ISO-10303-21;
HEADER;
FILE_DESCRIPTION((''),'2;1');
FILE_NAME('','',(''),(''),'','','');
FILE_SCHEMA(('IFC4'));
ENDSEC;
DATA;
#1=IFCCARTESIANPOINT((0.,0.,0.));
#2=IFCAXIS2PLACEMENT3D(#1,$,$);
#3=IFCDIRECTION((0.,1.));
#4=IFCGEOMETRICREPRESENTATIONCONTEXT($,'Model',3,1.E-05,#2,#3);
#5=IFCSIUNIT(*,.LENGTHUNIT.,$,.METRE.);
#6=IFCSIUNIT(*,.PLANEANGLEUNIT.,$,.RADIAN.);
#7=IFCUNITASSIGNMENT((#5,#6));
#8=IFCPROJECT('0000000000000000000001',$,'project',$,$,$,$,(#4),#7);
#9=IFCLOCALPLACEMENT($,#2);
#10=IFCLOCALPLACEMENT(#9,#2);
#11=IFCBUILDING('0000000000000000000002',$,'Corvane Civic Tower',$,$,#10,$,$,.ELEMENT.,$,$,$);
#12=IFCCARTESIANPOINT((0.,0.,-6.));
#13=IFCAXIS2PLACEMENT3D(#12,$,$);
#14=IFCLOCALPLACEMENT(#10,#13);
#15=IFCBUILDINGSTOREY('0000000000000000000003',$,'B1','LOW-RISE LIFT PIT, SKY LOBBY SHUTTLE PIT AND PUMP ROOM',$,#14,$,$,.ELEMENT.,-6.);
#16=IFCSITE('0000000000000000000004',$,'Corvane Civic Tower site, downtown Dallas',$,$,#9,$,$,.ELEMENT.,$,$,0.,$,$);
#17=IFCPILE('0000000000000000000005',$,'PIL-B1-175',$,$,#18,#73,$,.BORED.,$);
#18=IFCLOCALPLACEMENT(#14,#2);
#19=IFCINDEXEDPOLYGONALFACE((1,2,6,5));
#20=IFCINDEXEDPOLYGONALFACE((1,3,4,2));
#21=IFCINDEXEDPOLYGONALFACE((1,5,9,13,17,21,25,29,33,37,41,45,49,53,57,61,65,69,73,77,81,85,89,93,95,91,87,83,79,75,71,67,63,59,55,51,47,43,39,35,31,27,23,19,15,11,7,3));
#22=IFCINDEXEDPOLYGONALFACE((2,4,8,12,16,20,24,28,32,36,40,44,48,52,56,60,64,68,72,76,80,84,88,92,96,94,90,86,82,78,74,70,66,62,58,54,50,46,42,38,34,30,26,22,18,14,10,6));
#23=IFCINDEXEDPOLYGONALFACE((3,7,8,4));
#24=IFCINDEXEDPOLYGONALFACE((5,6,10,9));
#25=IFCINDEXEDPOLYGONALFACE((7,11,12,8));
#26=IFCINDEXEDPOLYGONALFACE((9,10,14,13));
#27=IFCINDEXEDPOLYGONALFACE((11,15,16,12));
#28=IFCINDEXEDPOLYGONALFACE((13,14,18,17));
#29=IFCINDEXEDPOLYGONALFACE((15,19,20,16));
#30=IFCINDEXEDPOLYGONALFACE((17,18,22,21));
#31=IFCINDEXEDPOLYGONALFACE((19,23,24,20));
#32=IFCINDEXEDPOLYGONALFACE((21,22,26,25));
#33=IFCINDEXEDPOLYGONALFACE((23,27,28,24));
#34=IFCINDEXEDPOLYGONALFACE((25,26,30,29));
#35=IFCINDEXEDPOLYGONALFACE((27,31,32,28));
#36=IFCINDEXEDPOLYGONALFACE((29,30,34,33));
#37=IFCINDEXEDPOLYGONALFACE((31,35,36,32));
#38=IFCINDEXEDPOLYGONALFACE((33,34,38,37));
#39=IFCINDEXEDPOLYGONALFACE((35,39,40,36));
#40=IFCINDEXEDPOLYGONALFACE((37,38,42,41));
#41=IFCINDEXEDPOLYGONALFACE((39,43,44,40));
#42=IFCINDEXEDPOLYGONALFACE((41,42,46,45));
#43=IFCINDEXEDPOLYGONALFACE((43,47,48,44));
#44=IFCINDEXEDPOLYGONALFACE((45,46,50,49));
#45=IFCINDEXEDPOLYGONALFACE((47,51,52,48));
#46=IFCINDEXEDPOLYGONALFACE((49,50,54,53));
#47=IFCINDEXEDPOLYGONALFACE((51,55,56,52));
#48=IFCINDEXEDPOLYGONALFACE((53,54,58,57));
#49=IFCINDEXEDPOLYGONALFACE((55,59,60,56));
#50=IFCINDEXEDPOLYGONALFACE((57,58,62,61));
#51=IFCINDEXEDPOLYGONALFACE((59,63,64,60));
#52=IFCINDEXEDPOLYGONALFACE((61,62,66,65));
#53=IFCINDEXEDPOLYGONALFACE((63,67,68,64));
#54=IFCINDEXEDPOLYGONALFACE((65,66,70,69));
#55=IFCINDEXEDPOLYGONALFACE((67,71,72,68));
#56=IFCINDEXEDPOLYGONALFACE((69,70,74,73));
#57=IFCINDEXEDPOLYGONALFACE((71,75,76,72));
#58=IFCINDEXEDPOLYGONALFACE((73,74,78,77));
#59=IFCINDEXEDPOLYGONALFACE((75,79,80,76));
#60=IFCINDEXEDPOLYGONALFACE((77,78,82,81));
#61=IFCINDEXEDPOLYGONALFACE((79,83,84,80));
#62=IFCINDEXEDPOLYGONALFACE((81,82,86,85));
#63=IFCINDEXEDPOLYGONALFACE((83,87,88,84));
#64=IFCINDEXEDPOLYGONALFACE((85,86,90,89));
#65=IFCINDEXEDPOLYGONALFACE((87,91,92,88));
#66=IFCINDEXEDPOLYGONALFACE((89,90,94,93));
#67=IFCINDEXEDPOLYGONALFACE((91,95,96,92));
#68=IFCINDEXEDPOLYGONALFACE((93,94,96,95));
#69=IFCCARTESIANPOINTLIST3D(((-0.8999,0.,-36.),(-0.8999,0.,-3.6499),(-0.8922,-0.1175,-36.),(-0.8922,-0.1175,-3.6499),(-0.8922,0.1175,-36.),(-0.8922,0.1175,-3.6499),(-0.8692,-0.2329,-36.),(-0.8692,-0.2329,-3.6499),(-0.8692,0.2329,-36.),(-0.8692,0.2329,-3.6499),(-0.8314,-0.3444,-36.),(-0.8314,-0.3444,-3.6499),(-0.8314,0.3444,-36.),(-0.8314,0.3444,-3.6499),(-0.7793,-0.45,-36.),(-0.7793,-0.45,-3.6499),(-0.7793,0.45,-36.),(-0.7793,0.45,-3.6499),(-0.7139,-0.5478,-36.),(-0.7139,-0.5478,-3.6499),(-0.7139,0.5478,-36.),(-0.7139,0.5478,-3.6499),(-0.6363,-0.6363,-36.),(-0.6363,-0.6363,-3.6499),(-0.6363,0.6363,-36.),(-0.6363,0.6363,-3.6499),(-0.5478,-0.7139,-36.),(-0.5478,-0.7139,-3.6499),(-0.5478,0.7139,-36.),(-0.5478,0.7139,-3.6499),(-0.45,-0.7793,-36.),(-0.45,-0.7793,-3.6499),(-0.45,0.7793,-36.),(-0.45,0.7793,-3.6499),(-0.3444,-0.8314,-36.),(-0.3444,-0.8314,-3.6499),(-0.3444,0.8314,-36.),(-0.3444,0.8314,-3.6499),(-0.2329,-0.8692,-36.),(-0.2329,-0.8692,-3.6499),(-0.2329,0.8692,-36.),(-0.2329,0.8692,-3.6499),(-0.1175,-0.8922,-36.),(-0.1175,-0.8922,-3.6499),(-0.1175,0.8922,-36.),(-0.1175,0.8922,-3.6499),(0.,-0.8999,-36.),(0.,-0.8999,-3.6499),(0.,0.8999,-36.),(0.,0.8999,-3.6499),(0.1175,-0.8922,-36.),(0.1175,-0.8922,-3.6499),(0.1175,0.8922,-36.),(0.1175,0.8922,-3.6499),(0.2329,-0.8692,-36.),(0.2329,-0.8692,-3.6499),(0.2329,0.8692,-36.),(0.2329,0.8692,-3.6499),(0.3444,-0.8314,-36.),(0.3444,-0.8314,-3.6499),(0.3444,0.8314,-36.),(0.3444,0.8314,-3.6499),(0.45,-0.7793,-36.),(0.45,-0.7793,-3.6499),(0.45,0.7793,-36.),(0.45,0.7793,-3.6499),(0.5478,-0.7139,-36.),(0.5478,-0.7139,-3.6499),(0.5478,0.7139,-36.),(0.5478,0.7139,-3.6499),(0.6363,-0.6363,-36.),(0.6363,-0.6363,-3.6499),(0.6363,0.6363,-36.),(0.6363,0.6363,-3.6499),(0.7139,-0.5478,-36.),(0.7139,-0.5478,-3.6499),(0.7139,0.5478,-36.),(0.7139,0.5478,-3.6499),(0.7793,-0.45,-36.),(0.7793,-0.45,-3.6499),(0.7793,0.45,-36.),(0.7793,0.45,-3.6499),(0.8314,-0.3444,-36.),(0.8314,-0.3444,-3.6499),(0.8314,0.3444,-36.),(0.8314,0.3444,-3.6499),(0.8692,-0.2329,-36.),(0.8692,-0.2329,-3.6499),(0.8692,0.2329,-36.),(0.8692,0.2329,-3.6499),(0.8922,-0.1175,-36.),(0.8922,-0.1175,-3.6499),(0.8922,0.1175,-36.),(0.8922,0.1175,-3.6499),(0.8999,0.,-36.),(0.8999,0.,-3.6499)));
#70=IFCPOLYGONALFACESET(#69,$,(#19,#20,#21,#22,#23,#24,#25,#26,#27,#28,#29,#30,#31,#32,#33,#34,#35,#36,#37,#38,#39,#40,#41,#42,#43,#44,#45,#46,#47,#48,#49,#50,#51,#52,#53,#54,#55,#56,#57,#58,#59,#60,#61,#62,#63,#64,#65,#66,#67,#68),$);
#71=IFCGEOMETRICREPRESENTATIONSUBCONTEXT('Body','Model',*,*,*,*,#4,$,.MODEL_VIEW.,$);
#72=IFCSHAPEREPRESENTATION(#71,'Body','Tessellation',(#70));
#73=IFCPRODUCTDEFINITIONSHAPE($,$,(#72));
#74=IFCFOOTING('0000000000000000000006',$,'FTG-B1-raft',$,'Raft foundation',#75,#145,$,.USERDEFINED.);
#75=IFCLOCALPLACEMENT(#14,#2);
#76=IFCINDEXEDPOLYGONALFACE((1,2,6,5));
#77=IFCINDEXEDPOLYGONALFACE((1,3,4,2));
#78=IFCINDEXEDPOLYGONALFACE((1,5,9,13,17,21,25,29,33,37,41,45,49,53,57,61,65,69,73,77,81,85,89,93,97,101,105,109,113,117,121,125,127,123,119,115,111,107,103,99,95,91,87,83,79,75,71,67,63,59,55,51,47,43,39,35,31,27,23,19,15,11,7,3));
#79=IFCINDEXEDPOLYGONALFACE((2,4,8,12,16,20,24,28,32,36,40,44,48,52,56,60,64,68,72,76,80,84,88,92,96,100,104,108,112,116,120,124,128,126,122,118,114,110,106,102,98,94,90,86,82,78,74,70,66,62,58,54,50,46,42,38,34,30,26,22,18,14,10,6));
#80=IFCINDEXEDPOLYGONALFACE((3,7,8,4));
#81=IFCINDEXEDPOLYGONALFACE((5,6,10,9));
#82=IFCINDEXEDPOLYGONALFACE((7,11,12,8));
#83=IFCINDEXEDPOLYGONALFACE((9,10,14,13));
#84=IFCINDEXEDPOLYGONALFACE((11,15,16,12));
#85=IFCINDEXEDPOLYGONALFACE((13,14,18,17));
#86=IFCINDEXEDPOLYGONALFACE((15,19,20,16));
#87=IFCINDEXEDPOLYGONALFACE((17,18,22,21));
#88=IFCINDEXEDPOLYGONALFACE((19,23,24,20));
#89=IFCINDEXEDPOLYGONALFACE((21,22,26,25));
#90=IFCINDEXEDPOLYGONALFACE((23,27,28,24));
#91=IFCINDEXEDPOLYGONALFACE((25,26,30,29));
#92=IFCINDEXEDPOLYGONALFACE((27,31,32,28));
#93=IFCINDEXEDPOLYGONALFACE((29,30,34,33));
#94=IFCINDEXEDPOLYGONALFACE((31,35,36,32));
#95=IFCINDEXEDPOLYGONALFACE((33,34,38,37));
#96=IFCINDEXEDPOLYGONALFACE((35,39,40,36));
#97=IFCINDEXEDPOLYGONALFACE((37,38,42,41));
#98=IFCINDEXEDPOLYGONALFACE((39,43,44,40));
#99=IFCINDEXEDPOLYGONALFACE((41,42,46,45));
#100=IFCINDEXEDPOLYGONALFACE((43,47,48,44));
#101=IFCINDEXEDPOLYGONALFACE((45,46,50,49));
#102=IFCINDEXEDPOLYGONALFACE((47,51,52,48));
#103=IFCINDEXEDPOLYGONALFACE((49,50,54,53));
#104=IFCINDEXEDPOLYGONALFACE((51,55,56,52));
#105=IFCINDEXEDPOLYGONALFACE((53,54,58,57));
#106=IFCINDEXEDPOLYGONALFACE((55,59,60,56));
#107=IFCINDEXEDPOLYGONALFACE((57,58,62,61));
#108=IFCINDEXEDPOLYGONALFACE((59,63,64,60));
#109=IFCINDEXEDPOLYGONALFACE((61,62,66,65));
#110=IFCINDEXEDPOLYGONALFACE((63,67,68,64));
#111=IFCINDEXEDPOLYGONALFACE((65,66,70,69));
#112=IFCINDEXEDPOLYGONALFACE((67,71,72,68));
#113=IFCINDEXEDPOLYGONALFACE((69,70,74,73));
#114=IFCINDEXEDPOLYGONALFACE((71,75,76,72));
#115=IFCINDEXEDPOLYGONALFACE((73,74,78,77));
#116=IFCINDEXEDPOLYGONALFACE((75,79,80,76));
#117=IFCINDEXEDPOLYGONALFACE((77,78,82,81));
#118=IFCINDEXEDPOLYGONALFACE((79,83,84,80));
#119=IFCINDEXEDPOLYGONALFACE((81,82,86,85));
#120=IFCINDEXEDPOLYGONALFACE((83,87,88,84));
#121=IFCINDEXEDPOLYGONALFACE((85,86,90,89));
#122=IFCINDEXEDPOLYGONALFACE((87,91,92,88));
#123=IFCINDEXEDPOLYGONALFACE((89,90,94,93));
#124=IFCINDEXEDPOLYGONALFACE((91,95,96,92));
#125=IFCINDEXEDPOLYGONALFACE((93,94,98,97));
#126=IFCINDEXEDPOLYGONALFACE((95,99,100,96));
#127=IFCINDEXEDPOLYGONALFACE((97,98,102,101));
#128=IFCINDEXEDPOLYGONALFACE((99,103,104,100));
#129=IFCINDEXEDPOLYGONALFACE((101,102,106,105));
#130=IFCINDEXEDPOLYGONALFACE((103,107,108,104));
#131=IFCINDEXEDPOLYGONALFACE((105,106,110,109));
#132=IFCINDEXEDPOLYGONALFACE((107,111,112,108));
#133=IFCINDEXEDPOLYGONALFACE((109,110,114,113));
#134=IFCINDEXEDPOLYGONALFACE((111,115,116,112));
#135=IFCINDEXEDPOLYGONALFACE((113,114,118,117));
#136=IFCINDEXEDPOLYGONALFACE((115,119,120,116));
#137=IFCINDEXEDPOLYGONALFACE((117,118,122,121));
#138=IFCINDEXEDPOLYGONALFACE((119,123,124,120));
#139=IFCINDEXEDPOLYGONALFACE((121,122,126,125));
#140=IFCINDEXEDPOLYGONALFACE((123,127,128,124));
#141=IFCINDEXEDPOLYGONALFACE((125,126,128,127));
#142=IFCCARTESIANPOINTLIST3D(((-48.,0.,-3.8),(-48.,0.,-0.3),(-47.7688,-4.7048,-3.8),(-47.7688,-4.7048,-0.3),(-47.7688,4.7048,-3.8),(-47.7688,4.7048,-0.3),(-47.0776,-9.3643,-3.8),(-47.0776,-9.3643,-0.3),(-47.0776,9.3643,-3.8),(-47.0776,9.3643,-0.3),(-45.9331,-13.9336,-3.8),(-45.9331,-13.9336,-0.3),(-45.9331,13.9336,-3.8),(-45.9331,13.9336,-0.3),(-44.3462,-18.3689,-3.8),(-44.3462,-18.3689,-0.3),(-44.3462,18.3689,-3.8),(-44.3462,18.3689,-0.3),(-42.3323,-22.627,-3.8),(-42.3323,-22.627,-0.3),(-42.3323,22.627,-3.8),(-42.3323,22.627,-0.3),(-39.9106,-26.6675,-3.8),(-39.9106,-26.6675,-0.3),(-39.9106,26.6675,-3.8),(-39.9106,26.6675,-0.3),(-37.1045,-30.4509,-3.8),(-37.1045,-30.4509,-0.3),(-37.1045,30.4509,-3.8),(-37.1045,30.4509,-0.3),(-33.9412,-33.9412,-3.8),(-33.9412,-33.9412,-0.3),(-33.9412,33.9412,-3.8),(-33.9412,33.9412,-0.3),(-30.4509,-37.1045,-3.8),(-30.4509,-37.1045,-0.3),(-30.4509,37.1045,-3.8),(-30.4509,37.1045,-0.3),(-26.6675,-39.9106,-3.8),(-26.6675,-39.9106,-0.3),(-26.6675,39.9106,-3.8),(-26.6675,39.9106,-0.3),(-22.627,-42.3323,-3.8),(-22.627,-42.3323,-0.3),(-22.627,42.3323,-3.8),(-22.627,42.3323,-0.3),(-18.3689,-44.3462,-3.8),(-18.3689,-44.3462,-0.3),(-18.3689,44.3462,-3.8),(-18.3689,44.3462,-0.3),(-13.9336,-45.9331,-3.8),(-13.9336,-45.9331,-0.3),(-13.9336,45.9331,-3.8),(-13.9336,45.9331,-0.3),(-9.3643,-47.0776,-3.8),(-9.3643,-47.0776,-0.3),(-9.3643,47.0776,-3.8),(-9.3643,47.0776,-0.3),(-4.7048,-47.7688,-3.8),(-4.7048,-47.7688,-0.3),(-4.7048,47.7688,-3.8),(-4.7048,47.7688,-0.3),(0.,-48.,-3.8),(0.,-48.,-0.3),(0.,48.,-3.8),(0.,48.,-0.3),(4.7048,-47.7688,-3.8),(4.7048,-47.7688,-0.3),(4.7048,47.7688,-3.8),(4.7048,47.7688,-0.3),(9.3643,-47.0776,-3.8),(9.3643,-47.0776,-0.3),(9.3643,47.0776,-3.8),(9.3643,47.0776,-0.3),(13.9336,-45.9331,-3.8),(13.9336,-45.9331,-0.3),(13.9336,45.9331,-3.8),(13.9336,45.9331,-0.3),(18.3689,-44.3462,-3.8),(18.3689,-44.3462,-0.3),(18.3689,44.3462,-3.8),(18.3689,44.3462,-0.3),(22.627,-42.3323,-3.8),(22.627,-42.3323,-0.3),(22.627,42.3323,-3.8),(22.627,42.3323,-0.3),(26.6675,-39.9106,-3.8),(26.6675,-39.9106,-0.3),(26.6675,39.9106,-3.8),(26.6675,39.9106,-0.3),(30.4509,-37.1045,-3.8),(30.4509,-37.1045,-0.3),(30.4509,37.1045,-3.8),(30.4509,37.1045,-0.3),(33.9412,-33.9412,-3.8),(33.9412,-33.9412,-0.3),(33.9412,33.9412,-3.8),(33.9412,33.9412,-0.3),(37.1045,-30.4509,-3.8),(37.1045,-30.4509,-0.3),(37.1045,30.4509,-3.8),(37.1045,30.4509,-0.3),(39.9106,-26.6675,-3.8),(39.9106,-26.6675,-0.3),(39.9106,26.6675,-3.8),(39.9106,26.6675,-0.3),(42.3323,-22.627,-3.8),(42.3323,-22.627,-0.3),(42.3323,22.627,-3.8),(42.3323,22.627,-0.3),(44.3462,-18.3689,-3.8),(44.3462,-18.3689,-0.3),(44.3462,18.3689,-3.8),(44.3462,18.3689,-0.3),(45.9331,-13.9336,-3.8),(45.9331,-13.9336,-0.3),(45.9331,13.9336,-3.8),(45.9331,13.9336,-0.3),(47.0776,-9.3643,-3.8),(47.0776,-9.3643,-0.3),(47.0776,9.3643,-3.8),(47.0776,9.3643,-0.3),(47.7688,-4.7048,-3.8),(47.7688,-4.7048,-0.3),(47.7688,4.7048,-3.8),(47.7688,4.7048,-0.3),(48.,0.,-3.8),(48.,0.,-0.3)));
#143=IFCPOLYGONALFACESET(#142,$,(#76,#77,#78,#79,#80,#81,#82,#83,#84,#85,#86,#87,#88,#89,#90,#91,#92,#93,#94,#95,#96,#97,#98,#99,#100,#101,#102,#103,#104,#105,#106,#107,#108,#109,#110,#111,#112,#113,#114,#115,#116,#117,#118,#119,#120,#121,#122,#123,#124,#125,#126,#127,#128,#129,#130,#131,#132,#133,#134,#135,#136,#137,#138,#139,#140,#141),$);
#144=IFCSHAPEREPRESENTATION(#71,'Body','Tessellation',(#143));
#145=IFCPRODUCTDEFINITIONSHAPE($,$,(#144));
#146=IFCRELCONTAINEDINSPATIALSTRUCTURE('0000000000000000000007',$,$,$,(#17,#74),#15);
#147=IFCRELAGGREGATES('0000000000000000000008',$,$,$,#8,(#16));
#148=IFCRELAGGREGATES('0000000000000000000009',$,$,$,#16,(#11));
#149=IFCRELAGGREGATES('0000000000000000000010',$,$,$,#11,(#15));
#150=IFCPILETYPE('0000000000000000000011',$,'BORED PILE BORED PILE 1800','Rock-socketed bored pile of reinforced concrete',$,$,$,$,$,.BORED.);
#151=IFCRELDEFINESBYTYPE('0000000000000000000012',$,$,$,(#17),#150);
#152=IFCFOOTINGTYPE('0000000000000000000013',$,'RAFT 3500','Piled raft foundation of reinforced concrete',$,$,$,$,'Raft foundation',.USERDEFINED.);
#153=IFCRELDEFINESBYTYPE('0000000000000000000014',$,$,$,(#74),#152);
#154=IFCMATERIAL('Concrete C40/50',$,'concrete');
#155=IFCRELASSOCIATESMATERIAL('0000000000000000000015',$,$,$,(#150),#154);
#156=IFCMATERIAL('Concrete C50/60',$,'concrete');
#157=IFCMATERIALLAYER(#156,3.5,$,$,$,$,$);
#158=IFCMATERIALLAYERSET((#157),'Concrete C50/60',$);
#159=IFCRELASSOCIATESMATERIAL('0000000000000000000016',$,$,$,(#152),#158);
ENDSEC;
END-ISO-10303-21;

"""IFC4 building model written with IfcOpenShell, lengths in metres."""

from ifc_helpers import new_model, si_unit, direction, frame, origin, origin_2d, place, context, subcontext, project, spatial, polyline, circle, outline, extrude, material, layer, layer_set, material_profile, profile_set, type_object, element, save


model = new_model("IFC4")

# Units and contexts
model_context = context("Model", 3, precision=1e-05, world=origin(), true_north=direction((0.0, 1.0)))
body_context = subcontext(model_context, "Body", "Model", "MODEL_VIEW")
ifc_project = project(units=[si_unit("LENGTHUNIT", "METRE"), si_unit("PLANEANGLEUNIT", "RADIAN")], contexts=[model_context])

# Site, building, storey
site_placement = place(None, origin())
site = spatial("IfcSite", under=ifc_project, at=site_placement, Name="Corvane Civic Tower site, downtown Dallas", CompositionType="ELEMENT", RefElevation=0.0)
building_placement = place(site_placement, origin())
building = spatial("IfcBuilding", under=site, at=building_placement, Name="Corvane Civic Tower", CompositionType="ELEMENT")
storey_placement = place(building_placement, frame((0.0, 0.0, -6.0)))
storey = spatial("IfcBuildingStorey", under=building, at=storey_placement, Name="B1", Description="LOW-RISE LIFT PIT, SKY LOBBY SHUTTLE PIT AND PUMP ROOM", CompositionType="ELEMENT", Elevation=-6.0)

# Pile
ifc_material_1 = material(Name="Concrete C40/50", Category="concrete")
ifc_material_profile = material_profile(ifc_material_1, circle(Radius=0.8999, at=origin_2d()), Name="BORED PILE 1800")
ifc_profile_set = profile_set([ifc_material_profile], Name="Concrete C40/50")
pile_type = type_object("IfcPileType", Name="BORED PILE BORED PILE 1800", Description="Rock-socketed bored pile of reinforced concrete", PredefinedType="BORED", material=ifc_profile_set)
for number, where, z_axis, x_axis, name in (
    (1, (0.0, 0.0, -3.6499), (0.0, 0.0, -1.0), (1.0, 0.0, 0.0), "PIL-B1-175"),
):
    element("IfcPile", number, at=place(storey_placement, frame(where, z_axis=z_axis, x_axis=x_axis)), inside=storey, type_object=pile_type, Name=name, PredefinedType="BORED", context=body_context, shape_type="SweptSolid", body=[
        extrude(circle(Radius=0.8999, at=origin_2d()), origin(), (0.0, 0.0, 1.0), 32.3501),
    ])

# Footing
ifc_material_2 = material(Name="Concrete C50/60", Category="concrete")
ifc_layer_1 = layer(ifc_material_2, 3.5)
ifc_layer_set_1 = layer_set([ifc_layer_1], Name="Concrete C50/60")
footing_type = type_object("IfcFootingType", Name="RAFT 3500", Description="Piled raft foundation of reinforced concrete", ElementType="Raft foundation", PredefinedType="USERDEFINED", material=ifc_layer_set_1)
footing_placement = place(storey_placement, frame((0.0, 0.0, -3.8)))
element("IfcFooting", 2, at=footing_placement, inside=storey, type_object=footing_type, Name="FTG-B1-raft", ObjectType="Raft foundation", PredefinedType="USERDEFINED", context=body_context, shape_type="SweptSolid", body=[
    extrude(outline(polyline([(0.0, 48.0), (-4.7048, 47.7688), (-9.3643, 47.0776), (-13.9336, 45.9331), (-18.3689, 44.3462), (-22.627, 42.3323), (-26.6675, 39.9106), (-30.4509, 37.1045), (-33.9412, 33.9412), (-37.1045, 30.4509), (-39.9106, 26.6675), (-42.3323, 22.627), (-44.3462, 18.3689), (-45.9331, 13.9336), (-47.0776, 9.3643), (-47.7688, 4.7048), (-48.0, 0.0), (-47.7688, -4.7048), (-47.0776, -9.3643), (-45.9331, -13.9336), (-44.3462, -18.3689), (-42.3323, -22.627), (-39.9106, -26.6675), (-37.1045, -30.4509), (-33.9412, -33.9412), (-30.4509, -37.1045), (-26.6675, -39.9106), (-22.627, -42.3323), (-18.3689, -44.3462), (-13.9336, -45.9331), (-9.3643, -47.0776), (-4.7048, -47.7688), (0.0, -48.0), (4.7048, -47.7688), (9.3643, -47.0776), (13.9336, -45.9331), (18.3689, -44.3462), (22.627, -42.3323), (26.6675, -39.9106), (30.4509, -37.1045), (33.9412, -33.9412), (37.1045, -30.4509), (39.9106, -26.6675), (42.3323, -22.627), (44.3462, -18.3689), (45.9331, -13.9336), (47.0776, -9.3643), (47.7688, -4.7048), (48.0, 0.0), (47.7688, 4.7048), (47.0776, 9.3643), (45.9331, 13.9336), (44.3462, 18.3689), (42.3323, 22.627), (39.9106, 26.6675), (37.1045, 30.4509), (33.9412, 33.9412), (30.4509, 37.1045), (26.6675, 39.9106), (22.627, 42.3323), (18.3689, 44.3462), (13.9336, 45.9331), (9.3643, 47.0776), (4.7048, 47.7688), (0.0, 48.0)])), origin(), (0.0, 0.0, 1.0), 3.5),
])

save(model, "model.ifc")
